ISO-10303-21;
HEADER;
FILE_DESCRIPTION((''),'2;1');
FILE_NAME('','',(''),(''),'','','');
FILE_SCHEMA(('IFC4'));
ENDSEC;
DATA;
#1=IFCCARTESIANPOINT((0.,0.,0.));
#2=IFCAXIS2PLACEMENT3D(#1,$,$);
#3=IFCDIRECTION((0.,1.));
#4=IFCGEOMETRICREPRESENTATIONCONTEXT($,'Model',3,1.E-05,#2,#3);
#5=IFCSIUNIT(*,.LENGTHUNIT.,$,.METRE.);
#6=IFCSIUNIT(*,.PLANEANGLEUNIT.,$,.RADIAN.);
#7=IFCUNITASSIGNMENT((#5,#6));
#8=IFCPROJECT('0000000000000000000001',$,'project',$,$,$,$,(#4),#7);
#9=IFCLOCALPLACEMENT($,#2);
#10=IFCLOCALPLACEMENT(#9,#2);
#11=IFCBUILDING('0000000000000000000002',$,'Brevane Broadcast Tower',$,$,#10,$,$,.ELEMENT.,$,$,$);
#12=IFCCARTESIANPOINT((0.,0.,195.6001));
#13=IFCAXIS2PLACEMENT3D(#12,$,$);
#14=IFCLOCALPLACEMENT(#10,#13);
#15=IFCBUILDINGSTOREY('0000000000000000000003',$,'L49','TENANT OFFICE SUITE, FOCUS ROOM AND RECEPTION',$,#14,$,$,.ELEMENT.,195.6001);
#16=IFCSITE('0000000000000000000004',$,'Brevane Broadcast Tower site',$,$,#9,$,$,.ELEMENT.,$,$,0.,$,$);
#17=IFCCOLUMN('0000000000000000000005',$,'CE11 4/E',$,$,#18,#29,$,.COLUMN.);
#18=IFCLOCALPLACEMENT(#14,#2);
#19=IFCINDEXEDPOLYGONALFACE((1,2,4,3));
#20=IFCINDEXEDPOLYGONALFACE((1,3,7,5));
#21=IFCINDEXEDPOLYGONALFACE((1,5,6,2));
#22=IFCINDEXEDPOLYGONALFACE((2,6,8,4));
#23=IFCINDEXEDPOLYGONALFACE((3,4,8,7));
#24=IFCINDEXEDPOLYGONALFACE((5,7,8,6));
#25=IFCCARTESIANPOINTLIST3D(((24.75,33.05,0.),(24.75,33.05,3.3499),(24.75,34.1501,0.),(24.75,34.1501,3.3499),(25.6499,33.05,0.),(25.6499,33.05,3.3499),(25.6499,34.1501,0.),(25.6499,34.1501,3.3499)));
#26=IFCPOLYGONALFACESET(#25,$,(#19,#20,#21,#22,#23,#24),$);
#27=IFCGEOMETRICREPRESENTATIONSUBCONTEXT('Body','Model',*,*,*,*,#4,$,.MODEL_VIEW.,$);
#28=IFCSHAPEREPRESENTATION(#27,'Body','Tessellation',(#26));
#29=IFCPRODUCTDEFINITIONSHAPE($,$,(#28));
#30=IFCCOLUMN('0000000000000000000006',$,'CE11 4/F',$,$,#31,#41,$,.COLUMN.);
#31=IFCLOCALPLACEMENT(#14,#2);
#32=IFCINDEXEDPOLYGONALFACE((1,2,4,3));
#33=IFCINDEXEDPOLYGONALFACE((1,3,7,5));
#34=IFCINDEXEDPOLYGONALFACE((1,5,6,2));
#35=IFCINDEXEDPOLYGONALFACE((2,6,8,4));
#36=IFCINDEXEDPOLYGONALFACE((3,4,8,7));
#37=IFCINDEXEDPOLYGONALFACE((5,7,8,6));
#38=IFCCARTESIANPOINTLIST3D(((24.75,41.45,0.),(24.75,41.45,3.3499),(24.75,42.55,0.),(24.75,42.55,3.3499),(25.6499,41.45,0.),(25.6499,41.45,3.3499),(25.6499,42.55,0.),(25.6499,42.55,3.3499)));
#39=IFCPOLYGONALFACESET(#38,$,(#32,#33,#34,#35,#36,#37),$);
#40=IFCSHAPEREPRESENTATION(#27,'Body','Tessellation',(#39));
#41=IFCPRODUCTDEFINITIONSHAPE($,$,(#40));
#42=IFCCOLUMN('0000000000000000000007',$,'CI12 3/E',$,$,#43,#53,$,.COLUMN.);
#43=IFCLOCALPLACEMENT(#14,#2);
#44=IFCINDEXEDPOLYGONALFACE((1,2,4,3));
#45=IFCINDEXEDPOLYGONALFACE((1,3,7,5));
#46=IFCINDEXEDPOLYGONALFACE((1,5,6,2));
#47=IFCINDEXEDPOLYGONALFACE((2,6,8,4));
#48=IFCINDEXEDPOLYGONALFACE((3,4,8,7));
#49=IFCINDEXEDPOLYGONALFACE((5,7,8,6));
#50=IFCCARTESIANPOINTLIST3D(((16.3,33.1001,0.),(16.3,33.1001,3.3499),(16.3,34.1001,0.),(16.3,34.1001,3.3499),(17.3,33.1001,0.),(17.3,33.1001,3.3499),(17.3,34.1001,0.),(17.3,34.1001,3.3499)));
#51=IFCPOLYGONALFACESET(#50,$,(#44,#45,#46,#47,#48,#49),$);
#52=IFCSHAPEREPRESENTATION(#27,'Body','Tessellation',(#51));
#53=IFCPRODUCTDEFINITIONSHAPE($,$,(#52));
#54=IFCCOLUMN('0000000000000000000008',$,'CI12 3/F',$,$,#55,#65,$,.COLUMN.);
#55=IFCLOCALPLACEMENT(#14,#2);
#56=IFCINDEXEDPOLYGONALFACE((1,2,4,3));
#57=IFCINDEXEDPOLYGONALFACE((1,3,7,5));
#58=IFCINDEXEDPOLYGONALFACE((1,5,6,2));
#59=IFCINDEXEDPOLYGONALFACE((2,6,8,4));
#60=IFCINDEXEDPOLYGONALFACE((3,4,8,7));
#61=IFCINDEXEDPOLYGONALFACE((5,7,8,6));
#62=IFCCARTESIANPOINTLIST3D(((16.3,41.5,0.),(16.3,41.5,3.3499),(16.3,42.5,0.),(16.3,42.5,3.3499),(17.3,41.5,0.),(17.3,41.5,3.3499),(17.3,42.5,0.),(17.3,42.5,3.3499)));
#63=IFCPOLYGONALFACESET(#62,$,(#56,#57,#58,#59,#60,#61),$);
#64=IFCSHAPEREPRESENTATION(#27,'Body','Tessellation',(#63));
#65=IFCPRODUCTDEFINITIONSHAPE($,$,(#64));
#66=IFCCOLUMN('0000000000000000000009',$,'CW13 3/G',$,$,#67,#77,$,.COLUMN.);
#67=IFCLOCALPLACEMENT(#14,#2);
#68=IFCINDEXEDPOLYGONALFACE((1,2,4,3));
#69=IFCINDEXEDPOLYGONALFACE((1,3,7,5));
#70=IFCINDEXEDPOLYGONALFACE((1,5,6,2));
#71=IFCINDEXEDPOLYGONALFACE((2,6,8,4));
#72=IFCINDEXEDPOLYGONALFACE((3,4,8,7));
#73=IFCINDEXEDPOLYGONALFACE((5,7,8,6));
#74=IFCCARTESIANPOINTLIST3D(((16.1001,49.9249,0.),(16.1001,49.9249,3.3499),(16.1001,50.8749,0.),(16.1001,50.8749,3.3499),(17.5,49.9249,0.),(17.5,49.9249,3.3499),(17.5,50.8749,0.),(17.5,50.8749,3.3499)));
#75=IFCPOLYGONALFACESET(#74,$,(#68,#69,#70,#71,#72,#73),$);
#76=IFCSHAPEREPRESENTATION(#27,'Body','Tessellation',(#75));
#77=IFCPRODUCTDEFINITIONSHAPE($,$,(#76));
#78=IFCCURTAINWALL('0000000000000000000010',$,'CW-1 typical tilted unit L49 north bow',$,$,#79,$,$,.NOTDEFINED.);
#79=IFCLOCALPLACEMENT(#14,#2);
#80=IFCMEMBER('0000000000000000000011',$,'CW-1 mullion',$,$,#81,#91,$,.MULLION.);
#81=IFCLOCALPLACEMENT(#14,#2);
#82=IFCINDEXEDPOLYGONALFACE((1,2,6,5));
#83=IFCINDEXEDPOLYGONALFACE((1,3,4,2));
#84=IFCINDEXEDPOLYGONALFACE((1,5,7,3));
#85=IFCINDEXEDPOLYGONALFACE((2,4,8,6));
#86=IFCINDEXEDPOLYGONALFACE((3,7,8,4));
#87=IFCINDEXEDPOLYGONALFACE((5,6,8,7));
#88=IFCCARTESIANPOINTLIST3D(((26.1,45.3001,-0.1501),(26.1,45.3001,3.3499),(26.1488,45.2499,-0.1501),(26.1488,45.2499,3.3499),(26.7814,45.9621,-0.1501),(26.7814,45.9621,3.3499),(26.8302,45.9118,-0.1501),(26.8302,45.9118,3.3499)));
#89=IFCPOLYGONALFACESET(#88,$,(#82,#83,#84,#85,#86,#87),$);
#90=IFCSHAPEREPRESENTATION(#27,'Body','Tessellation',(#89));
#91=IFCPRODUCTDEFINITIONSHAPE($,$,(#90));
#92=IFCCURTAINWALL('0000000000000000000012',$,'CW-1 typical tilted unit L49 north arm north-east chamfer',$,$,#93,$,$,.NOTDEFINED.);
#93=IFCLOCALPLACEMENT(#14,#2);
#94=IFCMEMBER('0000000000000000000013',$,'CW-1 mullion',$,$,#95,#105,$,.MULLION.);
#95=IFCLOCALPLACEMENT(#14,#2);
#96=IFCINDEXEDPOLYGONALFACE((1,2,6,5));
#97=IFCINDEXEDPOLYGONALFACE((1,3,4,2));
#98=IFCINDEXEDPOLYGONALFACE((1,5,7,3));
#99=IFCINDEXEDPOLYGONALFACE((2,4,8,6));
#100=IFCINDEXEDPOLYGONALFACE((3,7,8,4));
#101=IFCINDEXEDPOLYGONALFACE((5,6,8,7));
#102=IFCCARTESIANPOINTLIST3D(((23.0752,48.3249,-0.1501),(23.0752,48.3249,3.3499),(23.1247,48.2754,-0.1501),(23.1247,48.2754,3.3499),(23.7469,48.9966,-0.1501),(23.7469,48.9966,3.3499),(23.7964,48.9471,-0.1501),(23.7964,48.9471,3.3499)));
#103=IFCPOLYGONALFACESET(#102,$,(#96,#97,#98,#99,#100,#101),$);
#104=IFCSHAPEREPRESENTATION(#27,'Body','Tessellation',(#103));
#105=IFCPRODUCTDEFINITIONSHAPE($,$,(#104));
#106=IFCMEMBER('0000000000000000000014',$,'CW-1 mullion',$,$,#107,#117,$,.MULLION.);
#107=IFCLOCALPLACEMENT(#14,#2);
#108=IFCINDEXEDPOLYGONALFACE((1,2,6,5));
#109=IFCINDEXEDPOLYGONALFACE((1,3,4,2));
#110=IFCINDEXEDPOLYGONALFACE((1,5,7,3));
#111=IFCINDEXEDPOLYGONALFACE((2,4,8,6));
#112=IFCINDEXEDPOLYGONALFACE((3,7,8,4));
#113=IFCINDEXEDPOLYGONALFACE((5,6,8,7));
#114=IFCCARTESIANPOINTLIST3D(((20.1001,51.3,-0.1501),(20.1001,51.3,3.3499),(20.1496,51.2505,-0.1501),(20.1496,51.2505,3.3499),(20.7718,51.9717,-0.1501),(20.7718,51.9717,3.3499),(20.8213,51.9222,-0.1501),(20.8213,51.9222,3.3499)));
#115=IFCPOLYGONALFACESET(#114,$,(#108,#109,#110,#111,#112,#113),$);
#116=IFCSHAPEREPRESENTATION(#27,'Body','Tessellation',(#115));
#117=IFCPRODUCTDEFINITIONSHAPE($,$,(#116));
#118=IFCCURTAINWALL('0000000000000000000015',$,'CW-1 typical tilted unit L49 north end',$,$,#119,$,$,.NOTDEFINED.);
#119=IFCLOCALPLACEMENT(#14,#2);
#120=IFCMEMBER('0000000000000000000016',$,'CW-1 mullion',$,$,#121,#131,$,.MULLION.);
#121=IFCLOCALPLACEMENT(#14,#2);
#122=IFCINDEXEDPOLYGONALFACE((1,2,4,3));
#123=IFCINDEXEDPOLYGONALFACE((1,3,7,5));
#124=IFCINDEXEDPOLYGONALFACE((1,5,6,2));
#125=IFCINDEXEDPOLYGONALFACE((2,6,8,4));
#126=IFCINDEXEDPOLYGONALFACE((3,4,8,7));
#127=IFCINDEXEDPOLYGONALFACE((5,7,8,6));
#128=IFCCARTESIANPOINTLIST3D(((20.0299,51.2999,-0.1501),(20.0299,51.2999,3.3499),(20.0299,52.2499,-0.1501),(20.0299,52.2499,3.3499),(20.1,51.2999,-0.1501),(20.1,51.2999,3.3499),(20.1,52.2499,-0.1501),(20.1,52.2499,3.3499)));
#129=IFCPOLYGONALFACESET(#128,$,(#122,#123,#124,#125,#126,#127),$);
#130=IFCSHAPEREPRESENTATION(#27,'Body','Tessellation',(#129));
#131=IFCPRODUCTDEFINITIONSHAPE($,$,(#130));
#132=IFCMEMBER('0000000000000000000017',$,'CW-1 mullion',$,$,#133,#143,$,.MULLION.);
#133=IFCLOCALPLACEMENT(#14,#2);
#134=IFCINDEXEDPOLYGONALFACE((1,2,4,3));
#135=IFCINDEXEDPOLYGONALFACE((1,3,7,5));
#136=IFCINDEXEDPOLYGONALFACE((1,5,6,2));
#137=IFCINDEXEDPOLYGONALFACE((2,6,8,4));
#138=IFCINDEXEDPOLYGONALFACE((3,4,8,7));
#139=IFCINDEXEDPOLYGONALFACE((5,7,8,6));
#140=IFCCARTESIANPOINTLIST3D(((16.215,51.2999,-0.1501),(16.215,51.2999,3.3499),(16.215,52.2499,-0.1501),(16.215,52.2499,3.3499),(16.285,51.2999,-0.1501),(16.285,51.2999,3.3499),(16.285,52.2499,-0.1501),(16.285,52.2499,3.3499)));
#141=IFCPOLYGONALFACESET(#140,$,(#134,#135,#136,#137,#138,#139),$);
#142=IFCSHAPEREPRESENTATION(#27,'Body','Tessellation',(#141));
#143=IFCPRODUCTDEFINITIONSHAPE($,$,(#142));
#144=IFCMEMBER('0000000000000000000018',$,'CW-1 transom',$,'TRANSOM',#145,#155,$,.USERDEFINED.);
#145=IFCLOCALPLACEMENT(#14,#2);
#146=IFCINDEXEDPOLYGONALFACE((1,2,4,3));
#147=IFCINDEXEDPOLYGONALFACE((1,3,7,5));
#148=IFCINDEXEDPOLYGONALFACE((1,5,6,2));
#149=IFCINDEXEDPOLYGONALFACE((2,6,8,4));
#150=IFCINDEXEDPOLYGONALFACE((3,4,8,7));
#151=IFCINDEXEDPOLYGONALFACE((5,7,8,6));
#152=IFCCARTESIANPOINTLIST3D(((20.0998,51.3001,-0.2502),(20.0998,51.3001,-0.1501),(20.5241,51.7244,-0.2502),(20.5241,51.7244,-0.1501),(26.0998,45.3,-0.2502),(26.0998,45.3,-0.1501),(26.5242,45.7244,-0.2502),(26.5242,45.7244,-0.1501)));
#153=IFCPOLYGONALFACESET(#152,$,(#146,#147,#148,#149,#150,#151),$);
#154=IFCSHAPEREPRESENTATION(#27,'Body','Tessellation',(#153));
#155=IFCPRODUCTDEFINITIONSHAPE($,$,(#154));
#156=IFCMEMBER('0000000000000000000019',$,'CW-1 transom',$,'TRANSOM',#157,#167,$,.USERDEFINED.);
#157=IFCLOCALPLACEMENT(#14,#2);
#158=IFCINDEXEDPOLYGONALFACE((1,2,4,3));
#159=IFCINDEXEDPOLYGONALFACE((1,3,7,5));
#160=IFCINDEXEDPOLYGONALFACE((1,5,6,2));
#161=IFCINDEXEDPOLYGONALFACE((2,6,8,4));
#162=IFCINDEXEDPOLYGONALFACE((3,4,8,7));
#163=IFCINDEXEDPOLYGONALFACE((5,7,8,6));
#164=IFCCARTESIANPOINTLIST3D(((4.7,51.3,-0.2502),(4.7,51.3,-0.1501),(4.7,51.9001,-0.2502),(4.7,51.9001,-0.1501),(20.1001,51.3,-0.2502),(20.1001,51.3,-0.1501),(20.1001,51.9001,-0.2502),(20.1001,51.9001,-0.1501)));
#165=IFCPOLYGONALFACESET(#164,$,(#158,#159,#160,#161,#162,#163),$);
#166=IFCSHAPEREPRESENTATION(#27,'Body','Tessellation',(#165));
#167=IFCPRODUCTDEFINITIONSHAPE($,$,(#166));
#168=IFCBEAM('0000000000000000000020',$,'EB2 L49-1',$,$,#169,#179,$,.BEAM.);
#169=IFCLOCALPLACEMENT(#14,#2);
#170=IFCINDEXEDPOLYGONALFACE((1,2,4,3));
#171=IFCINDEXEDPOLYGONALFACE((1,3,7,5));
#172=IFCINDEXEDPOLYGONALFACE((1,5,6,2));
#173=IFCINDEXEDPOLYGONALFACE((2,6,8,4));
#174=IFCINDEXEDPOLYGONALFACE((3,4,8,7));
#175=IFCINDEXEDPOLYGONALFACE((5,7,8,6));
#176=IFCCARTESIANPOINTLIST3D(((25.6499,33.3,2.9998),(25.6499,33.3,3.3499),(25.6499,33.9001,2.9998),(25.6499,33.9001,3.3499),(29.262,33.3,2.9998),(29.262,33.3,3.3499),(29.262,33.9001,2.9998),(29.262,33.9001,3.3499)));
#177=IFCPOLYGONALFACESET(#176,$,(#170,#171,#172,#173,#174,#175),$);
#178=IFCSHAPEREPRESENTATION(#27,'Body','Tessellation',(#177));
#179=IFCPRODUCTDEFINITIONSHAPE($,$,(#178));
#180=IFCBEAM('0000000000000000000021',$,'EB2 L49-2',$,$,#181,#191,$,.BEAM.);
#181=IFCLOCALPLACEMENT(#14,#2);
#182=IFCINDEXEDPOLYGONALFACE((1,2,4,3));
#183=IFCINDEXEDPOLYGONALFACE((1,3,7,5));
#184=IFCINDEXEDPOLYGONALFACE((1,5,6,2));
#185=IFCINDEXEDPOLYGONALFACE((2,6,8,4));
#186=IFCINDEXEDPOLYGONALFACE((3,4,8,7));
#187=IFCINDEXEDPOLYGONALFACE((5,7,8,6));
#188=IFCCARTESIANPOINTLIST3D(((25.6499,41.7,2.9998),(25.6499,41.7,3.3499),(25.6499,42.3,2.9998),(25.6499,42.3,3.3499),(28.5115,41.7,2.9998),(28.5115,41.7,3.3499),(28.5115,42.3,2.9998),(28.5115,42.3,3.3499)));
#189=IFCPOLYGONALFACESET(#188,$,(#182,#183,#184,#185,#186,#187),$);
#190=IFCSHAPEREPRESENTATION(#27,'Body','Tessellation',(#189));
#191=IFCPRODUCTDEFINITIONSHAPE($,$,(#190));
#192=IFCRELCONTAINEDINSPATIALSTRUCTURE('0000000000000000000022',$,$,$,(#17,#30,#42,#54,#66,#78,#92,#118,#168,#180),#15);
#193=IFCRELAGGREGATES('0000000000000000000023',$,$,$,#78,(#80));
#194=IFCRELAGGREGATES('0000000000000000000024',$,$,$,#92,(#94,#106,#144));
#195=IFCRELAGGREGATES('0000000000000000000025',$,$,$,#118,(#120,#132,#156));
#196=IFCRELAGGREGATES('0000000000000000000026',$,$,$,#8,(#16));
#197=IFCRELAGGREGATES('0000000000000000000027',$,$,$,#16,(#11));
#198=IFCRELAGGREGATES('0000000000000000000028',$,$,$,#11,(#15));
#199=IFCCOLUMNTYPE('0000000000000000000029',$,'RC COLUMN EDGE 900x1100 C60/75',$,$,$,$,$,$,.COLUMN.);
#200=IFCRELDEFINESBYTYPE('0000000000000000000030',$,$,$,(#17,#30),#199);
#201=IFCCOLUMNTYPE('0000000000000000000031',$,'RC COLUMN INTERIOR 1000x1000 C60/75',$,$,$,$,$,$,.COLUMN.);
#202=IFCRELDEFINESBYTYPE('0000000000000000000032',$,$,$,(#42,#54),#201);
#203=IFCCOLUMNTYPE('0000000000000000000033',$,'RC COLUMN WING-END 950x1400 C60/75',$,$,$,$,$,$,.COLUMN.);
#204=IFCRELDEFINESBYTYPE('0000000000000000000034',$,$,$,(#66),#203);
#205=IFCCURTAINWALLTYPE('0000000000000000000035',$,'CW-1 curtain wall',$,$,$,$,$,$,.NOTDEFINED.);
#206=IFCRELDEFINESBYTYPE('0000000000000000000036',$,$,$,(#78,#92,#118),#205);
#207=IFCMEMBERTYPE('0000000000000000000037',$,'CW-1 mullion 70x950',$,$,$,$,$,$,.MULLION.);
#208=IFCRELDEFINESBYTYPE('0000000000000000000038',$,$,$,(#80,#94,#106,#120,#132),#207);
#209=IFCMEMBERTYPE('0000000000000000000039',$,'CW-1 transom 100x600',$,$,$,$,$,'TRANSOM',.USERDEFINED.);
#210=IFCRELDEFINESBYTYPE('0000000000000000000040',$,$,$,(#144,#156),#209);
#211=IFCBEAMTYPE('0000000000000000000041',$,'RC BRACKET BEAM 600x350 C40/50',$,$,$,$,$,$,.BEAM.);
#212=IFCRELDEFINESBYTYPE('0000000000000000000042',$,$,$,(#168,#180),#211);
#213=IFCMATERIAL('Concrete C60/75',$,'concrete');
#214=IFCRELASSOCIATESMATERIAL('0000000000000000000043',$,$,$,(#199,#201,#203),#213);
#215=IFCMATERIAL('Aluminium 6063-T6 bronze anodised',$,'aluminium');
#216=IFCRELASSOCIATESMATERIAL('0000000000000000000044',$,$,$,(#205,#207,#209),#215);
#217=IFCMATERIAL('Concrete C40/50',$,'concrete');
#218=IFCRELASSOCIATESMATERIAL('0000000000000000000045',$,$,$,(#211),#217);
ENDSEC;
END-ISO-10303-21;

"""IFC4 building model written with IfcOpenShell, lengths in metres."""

from ifc_helpers import new_model, si_unit, direction, frame, origin, origin_2d, place, context, subcontext, project, spatial, rectangle, extrude, material, material_profile, profile_set, type_object, element, aggregate, save


model = new_model("IFC4")

# Units and contexts
model_context = context("Model", 3, precision=1e-05, world=origin(), true_north=direction((0.0, 1.0)))
body_context = subcontext(model_context, "Body", "Model", "MODEL_VIEW")
ifc_project = project(units=[si_unit("LENGTHUNIT", "METRE"), si_unit("PLANEANGLEUNIT", "RADIAN")], contexts=[model_context])

# Site, building, storey
site_placement = place(None, origin())
site = spatial("IfcSite", under=ifc_project, at=site_placement, Name="Brevane Broadcast Tower site", CompositionType="ELEMENT", RefElevation=0.0)
building_placement = place(site_placement, origin())
building = spatial("IfcBuilding", under=site, at=building_placement, Name="Brevane Broadcast Tower", CompositionType="ELEMENT")
storey_placement = place(building_placement, frame((0.0, 0.0, 195.6001)))
storey = spatial("IfcBuildingStorey", under=building, at=storey_placement, Name="L49", Description="TENANT OFFICE SUITE, FOCUS ROOM AND RECEPTION", CompositionType="ELEMENT", Elevation=195.6001)

# Columns
ifc_material_1 = material(Name="Concrete C60/75", Category="concrete")
ifc_material_profile_1 = material_profile(ifc_material_1, rectangle(XDim=0.8999, YDim=1.1001, at=origin_2d()), Name="RC 900x1100")
ifc_profile_set_1 = profile_set([ifc_material_profile_1], Name="Concrete C60/75")
column_type_1 = type_object("IfcColumnType", Name="RC COLUMN EDGE 900x1100 C60/75", PredefinedType="COLUMN", material=ifc_profile_set_1)
for number, where, z_axis, x_axis, name in (
    (1, (25.2, 33.6001, 0.0), (0.0, 0.0, 1.0), (1.0, 0.0, 0.0), "CE11 4/E"),
    (2, (25.2, 42.0, 0.0), (0.0, 0.0, 1.0), (1.0, 0.0, 0.0), "CE11 4/F"),
):
    element("IfcColumn", number, at=place(storey_placement, frame(where, z_axis=z_axis, x_axis=x_axis)), inside=storey, type_object=column_type_1, Name=name, PredefinedType="COLUMN", context=body_context, shape_type="SweptSolid", body=[
        extrude(rectangle(XDim=0.8999, YDim=1.1001, at=origin_2d()), origin(), (0.0, 0.0, 1.0), 3.3499),
    ])
ifc_material_profile_2 = material_profile(ifc_material_1, rectangle(XDim=1.0, YDim=1.0, at=origin_2d()), Name="RC 1000x1000")
ifc_profile_set_2 = profile_set([ifc_material_profile_2], Name="Concrete C60/75")
column_type_2 = type_object("IfcColumnType", Name="RC COLUMN INTERIOR 1000x1000 C60/75", PredefinedType="COLUMN", material=ifc_profile_set_2)
for number, where, z_axis, x_axis, name in (
    (3, (16.8, 33.6001, 0.0), (0.0, 0.0, 1.0), (1.0, 0.0, 0.0), "CI12 3/E"),
    (4, (16.8, 42.0, 0.0), (0.0, 0.0, 1.0), (1.0, 0.0, 0.0), "CI12 3/F"),
):
    element("IfcColumn", number, at=place(storey_placement, frame(where, z_axis=z_axis, x_axis=x_axis)), inside=storey, type_object=column_type_2, Name=name, PredefinedType="COLUMN", context=body_context, shape_type="SweptSolid", body=[
        extrude(rectangle(XDim=1.0, YDim=1.0, at=origin_2d()), origin(), (0.0, 0.0, 1.0), 3.3499),
    ])
ifc_material_profile_3 = material_profile(ifc_material_1, rectangle(XDim=0.95, YDim=1.3999, at=origin_2d()), Name="RC 950x1400")
ifc_profile_set_3 = profile_set([ifc_material_profile_3], Name="Concrete C60/75")
column_type_3 = type_object("IfcColumnType", Name="RC COLUMN WING-END 950x1400 C60/75", PredefinedType="COLUMN", material=ifc_profile_set_3)
column_placement = place(storey_placement, frame((16.8, 50.3999, 0.0), z_axis=(0.0, 0.0, 1.0), x_axis=(0.0, 1.0, 0.0)))
element("IfcColumn", 5, at=column_placement, inside=storey, type_object=column_type_3, Name="CW13 3/G", PredefinedType="COLUMN", context=body_context, shape_type="SweptSolid", body=[
    extrude(rectangle(XDim=0.95, YDim=1.3999, at=origin_2d()), origin(), (0.0, 0.0, 1.0), 3.3499),
])

# Curtain wall, member
ifc_material_2 = material(Name="Aluminium 6063-T6 bronze anodised", Category="aluminium")
curtain_wall_type = type_object("IfcCurtainWallType", Name="CW-1 curtain wall", PredefinedType="NOTDEFINED", material=ifc_material_2)
curtain_wall_1_placement = place(storey_placement, origin())
curtain_wall_1 = element("IfcCurtainWall", 6, at=curtain_wall_1_placement, inside=storey, type_object=curtain_wall_type, Name="CW-1 typical tilted unit L49 north bow", PredefinedType="NOTDEFINED")
ifc_material_profile_4 = material_profile(ifc_material_2, rectangle(XDim=0.95, YDim=0.0701, at=origin_2d()), Name="RECT 70x950")
ifc_profile_set_4 = profile_set([ifc_material_profile_4], Name="Aluminium 6063-T6 bronze anodised")
member_type_1 = type_object("IfcMemberType", Name="CW-1 mullion 70x950", PredefinedType="MULLION", material=ifc_profile_set_4)
member_1_placement = place(storey_placement, frame((26.4651, 45.606, -0.1501), z_axis=(0.0, 0.0, 1.0), x_axis=(-0.717254, -0.696812, 0.0)))
member_1 = element("IfcMember", 7, at=member_1_placement, type_object=member_type_1, Name="CW-1 mullion", PredefinedType="MULLION", context=body_context, shape_type="SweptSolid", body=[
    extrude(rectangle(XDim=0.95, YDim=0.0701, at=origin_2d()), origin(), (0.0, 0.0, 1.0), 3.5),
])
aggregate(curtain_wall_1, [member_1])

# Curtain walls, members
curtain_wall_2_placement = place(storey_placement, origin())
curtain_wall_2 = element("IfcCurtainWall", 8, at=curtain_wall_2_placement, inside=storey, type_object=curtain_wall_type, Name="CW-1 typical tilted unit L49 north arm north-east chamfer", PredefinedType="NOTDEFINED")
member_2_placement = place(storey_placement, frame((23.4358, 48.636, -0.1501), z_axis=(0.0, 0.0, 1.0), x_axis=(-0.707107, -0.707107, 0.0)))
member_2 = element("IfcMember", 9, at=member_2_placement, type_object=member_type_1, Name="CW-1 mullion", PredefinedType="MULLION", context=body_context, shape_type="SweptSolid", body=[
    extrude(rectangle(XDim=0.95, YDim=0.0701, at=origin_2d()), origin(), (0.0, 0.0, 1.0), 3.5),
])
member_3_placement = place(storey_placement, frame((20.4607, 51.6111, -0.1501), z_axis=(0.0, 0.0, 1.0), x_axis=(-0.707107, -0.707107, 0.0)))
member_3 = element("IfcMember", 10, at=member_3_placement, type_object=member_type_1, Name="CW-1 mullion", PredefinedType="MULLION", context=body_context, shape_type="SweptSolid", body=[
    extrude(rectangle(XDim=0.95, YDim=0.0701, at=origin_2d()), origin(), (0.0, 0.0, 1.0), 3.5),
])
curtain_wall_3_placement = place(storey_placement, origin())
curtain_wall_3 = element("IfcCurtainWall", 11, at=curtain_wall_3_placement, inside=storey, type_object=curtain_wall_type, Name="CW-1 typical tilted unit L49 north end", PredefinedType="NOTDEFINED")
member_4_placement = place(storey_placement, frame((20.0649, 51.7749, -0.1501), z_axis=(0.0, 0.0, 1.0), x_axis=(0.0, -1.0, 0.0)))
member_4 = element("IfcMember", 12, at=member_4_placement, type_object=member_type_1, Name="CW-1 mullion", PredefinedType="MULLION", context=body_context, shape_type="SweptSolid", body=[
    extrude(rectangle(XDim=0.95, YDim=0.0701, at=origin_2d()), origin(), (0.0, 0.0, 1.0), 3.5),
])
member_5_placement = place(storey_placement, frame((16.25, 51.7749, -0.1501), z_axis=(0.0, 0.0, 1.0), x_axis=(0.0, -1.0, 0.0)))
member_5 = element("IfcMember", 13, at=member_5_placement, type_object=member_type_1, Name="CW-1 mullion", PredefinedType="MULLION", context=body_context, shape_type="SweptSolid", body=[
    extrude(rectangle(XDim=0.95, YDim=0.0701, at=origin_2d()), origin(), (0.0, 0.0, 1.0), 3.5),
])

# Members
ifc_material_profile_5 = material_profile(ifc_material_2, rectangle(XDim=0.6001, YDim=0.1001, at=origin_2d()), Name="RECT 100x600")
ifc_profile_set_5 = profile_set([ifc_material_profile_5], Name="Aluminium 6063-T6 bronze anodised")
member_type_2 = type_object("IfcMemberType", Name="CW-1 transom 100x600", ElementType="TRANSOM", PredefinedType="USERDEFINED", material=ifc_profile_set_5)
member_6_placement = place(storey_placement, frame((26.312, 45.5122, -0.2002), z_axis=(-0.707107, 0.707107, 0.0), x_axis=(-0.707107, -0.707107, 0.0)))
member_6 = element("IfcMember", 14, at=member_6_placement, type_object=member_type_2, Name="CW-1 transom", ObjectType="TRANSOM", PredefinedType="USERDEFINED", context=body_context, shape_type="SweptSolid", body=[
    extrude(rectangle(XDim=0.6001, YDim=0.1001, at=origin_2d()), origin(), (0.0, 0.0, 1.0), 8.4854),
])
aggregate(curtain_wall_2, [member_2, member_3, member_6])
member_7_placement = place(storey_placement, frame((20.1001, 51.6001, -0.2002), z_axis=(-1.0, 0.0, 0.0), x_axis=(0.0, -1.0, 0.0)))
member_7 = element("IfcMember", 15, at=member_7_placement, type_object=member_type_2, Name="CW-1 transom", ObjectType="TRANSOM", PredefinedType="USERDEFINED", context=body_context, shape_type="SweptSolid", body=[
    extrude(rectangle(XDim=0.6001, YDim=0.1001, at=origin_2d()), origin(), (0.0, 0.0, 1.0), 15.4001),
])
aggregate(curtain_wall_3, [member_4, member_5, member_7])

# Beams
ifc_material_3 = material(Name="Concrete C40/50", Category="concrete")
ifc_material_profile_6 = material_profile(ifc_material_3, rectangle(XDim=0.6001, YDim=0.3501, at=origin_2d()), Name="RC 600x350")
ifc_profile_set_6 = profile_set([ifc_material_profile_6], Name="Concrete C40/50")
beam_type_1 = type_object("IfcBeamType", Name="RC BRACKET BEAM 600x350 C40/50", PredefinedType="BEAM", material=ifc_profile_set_6)
beam_1_placement = place(storey_placement, frame((25.6499, 33.6001, 3.1748), z_axis=(1.0, 0.0, 0.0), x_axis=(0.0, 1.0, 0.0)))
element("IfcBeam", 16, at=beam_1_placement, inside=storey, type_object=beam_type_1, Name="EB2 L49-1", PredefinedType="BEAM", context=body_context, shape_type="SweptSolid", body=[
    extrude(rectangle(XDim=0.6001, YDim=0.3501, at=origin_2d()), origin(), (0.0, 0.0, 1.0), 3.6121),
])
beam_2_placement = place(storey_placement, frame((25.6499, 42.0, 3.1748), z_axis=(1.0, 0.0, 0.0), x_axis=(0.0, 1.0, 0.0)))
element("IfcBeam", 17, at=beam_2_placement, inside=storey, type_object=beam_type_1, Name="EB2 L49-2", PredefinedType="BEAM", context=body_context, shape_type="SweptSolid", body=[
    extrude(rectangle(XDim=0.6001, YDim=0.3501, at=origin_2d()), origin(), (0.0, 0.0, 1.0), 2.8616),
])

save(model, "model.ifc")
